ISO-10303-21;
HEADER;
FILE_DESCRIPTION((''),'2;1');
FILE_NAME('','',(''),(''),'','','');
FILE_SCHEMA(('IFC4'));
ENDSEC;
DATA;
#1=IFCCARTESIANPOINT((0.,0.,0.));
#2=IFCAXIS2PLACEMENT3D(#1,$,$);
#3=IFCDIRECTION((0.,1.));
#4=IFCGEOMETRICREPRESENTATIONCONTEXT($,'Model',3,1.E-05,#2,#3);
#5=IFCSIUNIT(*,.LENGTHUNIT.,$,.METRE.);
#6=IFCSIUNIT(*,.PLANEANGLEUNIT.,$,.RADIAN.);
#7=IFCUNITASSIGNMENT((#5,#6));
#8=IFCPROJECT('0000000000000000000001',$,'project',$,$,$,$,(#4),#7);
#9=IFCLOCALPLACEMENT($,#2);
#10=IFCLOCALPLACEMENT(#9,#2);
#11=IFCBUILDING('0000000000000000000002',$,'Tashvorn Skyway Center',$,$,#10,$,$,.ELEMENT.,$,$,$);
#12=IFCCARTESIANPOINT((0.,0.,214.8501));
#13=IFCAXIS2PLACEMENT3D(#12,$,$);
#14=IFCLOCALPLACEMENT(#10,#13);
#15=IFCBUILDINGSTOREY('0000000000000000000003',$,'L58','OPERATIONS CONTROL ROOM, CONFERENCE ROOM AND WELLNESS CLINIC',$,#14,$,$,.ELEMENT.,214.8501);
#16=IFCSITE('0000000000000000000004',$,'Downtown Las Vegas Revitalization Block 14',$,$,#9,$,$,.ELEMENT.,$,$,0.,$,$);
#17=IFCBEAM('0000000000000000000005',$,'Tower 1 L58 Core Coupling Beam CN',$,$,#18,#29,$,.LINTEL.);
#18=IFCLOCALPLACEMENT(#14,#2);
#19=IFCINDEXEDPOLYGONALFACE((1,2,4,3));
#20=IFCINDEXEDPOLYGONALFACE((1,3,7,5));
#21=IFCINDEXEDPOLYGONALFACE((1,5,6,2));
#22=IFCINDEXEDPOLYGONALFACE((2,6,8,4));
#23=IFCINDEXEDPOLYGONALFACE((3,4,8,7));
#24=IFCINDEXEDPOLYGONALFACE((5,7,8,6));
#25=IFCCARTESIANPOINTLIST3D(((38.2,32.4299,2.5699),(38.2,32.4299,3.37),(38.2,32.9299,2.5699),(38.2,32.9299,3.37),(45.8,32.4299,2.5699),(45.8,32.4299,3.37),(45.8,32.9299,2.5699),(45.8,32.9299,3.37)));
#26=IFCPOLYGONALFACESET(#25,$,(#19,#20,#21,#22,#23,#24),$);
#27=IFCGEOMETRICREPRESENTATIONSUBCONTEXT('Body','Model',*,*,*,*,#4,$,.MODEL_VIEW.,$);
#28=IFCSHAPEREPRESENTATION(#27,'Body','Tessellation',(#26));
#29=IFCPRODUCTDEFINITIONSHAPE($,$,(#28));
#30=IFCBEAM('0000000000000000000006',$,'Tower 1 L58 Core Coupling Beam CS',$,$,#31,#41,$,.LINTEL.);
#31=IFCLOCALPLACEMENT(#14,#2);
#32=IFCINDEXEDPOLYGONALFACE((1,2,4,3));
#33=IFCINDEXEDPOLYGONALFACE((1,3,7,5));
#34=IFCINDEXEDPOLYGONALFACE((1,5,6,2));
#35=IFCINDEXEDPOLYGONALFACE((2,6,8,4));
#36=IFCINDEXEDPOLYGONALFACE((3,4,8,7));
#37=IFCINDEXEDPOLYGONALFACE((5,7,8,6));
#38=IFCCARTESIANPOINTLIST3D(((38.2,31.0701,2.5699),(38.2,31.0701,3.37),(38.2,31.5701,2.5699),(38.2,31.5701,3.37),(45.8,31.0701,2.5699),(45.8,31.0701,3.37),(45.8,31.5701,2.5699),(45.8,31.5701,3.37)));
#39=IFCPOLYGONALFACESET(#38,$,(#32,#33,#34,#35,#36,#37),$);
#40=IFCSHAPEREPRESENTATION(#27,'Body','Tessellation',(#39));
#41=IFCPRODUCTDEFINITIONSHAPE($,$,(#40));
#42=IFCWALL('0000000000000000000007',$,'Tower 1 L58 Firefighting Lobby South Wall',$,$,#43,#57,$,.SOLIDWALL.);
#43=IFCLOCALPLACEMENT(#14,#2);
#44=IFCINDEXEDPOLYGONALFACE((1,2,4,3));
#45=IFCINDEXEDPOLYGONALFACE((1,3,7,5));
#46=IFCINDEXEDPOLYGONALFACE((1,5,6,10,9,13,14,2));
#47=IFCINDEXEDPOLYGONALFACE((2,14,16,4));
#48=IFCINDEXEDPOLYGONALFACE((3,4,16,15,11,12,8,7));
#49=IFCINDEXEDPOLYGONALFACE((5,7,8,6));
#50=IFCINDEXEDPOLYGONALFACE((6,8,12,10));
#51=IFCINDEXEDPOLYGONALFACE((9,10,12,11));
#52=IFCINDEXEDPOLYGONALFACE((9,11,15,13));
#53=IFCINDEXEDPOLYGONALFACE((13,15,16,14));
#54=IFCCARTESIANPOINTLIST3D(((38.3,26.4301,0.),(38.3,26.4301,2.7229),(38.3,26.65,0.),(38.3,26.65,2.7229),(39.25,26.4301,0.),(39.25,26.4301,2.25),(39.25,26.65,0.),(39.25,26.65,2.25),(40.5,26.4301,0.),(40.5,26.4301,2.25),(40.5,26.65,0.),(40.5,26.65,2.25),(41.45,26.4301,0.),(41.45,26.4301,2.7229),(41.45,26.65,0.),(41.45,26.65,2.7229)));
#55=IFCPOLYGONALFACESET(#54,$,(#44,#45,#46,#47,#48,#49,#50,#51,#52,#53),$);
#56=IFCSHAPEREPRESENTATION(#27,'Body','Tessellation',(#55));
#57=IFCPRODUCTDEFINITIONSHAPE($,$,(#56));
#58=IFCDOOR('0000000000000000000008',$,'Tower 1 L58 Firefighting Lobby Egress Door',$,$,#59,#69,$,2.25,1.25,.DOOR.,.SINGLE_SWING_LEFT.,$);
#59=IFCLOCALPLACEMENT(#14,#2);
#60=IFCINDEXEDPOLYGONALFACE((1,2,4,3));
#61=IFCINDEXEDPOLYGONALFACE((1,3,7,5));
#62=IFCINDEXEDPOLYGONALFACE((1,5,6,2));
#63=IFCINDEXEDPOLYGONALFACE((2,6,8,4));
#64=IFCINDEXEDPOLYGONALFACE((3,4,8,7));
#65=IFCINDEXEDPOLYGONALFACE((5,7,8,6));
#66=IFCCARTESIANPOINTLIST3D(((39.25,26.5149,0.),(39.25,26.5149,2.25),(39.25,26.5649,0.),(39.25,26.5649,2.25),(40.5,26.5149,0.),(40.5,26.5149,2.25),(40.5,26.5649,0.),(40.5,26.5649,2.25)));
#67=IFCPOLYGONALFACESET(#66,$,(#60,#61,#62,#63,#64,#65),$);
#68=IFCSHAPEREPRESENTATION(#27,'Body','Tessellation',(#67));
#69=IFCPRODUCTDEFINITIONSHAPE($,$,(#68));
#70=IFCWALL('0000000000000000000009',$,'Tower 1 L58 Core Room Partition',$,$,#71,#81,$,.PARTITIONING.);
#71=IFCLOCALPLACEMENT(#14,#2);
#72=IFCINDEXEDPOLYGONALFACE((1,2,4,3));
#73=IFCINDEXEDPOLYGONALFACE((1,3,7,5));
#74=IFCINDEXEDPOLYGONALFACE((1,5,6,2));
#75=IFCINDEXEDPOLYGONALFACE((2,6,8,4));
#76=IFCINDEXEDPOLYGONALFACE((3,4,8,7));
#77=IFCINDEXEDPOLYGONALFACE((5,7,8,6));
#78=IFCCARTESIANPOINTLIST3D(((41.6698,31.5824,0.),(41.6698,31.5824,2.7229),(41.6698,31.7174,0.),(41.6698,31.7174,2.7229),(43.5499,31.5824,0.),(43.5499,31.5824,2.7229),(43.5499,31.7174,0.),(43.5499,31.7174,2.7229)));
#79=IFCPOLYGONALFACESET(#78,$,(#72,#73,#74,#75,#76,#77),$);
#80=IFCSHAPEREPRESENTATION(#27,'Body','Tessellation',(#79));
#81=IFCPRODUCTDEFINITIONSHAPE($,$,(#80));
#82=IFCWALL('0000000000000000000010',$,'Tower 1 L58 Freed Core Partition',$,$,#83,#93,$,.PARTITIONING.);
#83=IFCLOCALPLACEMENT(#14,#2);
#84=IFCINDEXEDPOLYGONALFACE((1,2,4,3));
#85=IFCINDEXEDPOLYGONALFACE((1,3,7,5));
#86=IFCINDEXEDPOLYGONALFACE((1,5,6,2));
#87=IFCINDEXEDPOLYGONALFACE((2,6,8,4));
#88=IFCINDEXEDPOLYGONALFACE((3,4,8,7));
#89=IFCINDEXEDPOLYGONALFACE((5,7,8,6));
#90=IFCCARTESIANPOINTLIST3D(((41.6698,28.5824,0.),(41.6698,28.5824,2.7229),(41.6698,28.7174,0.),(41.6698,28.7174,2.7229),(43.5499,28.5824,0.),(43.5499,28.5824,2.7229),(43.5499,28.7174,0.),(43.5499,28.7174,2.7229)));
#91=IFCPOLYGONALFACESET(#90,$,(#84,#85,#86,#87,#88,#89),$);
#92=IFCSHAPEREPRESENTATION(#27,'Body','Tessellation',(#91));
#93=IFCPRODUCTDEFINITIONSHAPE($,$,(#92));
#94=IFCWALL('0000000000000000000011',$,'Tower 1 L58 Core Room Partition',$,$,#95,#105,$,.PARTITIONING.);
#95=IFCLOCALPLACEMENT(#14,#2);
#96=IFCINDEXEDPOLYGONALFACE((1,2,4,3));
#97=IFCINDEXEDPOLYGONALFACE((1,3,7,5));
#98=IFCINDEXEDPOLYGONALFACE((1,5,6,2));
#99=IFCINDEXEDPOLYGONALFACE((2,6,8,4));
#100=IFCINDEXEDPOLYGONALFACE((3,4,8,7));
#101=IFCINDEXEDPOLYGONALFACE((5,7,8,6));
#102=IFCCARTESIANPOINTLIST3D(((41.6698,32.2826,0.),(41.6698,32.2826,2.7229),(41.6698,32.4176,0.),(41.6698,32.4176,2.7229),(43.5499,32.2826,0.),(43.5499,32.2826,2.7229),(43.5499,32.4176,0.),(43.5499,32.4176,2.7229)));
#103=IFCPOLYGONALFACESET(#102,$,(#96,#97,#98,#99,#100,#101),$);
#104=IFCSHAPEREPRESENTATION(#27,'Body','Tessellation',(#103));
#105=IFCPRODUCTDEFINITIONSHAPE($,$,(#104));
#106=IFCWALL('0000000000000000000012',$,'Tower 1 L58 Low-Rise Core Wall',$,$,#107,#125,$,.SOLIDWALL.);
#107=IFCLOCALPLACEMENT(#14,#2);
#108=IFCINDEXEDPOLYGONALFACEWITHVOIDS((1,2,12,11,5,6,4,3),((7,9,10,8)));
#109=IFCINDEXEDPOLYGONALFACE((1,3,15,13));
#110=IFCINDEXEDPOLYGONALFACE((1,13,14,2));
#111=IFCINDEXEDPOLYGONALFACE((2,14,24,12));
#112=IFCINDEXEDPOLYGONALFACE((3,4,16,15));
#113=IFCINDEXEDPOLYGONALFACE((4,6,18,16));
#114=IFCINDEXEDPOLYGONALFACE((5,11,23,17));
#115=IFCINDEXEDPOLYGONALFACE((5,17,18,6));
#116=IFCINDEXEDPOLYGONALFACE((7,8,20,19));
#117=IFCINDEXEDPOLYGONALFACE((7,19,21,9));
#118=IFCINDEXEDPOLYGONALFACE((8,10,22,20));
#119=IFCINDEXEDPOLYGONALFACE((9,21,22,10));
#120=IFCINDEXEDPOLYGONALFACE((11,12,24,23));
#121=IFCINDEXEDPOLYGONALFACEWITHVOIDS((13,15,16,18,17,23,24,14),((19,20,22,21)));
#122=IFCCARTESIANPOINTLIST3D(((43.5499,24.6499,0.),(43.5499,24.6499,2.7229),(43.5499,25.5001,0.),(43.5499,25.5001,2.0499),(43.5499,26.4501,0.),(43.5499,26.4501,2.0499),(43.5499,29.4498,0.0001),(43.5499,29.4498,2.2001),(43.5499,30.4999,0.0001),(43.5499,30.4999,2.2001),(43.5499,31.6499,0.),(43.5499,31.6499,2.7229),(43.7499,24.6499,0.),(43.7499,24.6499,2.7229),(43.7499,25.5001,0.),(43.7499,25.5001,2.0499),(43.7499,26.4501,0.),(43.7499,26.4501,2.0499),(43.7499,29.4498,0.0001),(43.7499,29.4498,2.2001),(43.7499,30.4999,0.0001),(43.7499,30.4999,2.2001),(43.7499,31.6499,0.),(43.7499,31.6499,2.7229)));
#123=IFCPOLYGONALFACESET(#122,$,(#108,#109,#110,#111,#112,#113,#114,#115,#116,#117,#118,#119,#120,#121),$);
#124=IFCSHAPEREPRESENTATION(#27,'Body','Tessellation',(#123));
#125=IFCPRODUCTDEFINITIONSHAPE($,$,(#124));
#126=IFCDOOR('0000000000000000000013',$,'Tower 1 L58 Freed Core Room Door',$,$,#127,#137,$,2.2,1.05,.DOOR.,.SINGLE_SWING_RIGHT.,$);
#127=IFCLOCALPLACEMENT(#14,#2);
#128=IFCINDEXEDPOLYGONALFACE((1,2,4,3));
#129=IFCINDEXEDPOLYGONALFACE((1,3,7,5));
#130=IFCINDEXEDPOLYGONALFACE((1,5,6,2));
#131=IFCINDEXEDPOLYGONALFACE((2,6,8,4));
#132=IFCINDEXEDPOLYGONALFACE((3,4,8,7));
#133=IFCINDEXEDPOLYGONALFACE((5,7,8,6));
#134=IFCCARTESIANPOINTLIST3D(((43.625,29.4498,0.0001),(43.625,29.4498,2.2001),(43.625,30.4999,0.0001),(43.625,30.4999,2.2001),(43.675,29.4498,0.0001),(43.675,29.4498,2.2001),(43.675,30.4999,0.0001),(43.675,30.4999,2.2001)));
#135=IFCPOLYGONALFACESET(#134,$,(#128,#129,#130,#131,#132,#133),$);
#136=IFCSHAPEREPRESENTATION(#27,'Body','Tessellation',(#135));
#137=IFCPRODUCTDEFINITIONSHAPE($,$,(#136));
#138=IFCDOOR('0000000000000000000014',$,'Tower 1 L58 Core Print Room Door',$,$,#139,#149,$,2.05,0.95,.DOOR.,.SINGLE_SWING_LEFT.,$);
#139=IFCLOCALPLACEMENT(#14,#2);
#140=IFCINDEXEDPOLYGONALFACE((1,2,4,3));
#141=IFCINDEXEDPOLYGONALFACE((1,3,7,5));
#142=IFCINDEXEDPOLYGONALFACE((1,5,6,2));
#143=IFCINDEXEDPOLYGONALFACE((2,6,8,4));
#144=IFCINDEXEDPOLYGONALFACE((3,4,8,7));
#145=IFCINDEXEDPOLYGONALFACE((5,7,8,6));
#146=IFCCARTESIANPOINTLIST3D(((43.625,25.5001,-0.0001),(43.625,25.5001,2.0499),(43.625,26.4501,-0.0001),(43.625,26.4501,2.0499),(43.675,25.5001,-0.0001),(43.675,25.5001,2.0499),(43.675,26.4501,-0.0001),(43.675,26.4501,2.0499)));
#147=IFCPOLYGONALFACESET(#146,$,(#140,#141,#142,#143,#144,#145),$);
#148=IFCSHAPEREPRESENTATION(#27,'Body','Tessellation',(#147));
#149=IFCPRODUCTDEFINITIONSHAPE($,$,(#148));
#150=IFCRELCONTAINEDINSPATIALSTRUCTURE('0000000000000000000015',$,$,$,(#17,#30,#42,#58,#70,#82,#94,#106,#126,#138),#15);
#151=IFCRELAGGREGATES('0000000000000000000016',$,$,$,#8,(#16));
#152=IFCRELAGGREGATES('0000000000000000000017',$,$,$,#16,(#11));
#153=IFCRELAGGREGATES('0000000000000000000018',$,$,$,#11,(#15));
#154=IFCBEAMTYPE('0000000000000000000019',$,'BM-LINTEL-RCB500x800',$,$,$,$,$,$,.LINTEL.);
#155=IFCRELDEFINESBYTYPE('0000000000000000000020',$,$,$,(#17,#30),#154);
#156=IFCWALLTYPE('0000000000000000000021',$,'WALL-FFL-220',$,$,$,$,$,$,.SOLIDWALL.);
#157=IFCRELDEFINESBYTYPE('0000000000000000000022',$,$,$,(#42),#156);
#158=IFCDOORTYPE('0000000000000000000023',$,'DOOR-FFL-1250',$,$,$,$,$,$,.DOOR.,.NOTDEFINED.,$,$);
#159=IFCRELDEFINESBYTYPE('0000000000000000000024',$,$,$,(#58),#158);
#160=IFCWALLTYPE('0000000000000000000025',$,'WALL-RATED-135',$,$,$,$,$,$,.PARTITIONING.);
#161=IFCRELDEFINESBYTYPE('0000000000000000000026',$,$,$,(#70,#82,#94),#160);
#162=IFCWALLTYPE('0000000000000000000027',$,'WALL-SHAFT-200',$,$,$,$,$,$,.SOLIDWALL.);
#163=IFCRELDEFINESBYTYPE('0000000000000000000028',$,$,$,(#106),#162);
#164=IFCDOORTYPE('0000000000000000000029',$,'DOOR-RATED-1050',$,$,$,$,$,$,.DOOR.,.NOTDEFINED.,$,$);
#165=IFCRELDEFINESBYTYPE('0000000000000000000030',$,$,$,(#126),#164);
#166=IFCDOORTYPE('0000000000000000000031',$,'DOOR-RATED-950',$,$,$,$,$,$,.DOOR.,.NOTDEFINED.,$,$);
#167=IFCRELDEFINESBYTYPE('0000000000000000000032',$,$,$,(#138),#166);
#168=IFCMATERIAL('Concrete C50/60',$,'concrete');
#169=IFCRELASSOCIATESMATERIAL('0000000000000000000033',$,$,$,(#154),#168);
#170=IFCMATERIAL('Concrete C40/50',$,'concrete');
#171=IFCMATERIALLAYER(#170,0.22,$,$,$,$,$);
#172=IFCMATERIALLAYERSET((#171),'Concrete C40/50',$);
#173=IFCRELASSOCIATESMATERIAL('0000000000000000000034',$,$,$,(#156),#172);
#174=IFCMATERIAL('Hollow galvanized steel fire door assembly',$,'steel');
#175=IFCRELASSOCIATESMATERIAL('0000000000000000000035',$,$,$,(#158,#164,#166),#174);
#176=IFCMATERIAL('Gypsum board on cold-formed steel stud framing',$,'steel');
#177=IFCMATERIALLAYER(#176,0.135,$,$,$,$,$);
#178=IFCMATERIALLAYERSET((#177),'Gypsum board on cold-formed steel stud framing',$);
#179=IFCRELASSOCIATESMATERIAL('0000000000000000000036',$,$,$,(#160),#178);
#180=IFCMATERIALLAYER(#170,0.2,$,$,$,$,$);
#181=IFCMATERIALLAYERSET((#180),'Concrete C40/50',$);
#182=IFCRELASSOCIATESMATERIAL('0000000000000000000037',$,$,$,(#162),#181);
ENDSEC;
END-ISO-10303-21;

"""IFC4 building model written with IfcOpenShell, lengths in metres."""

from ifc_helpers import new_model, si_unit, direction, frame, frame_2d, origin, origin_2d, place, context, subcontext, project, spatial, rectangle, extrude, material, layer, layer_set, material_profile, profile_set, type_object, element, fill, save


model = new_model("IFC4")

# Units and contexts
model_context = context("Model", 3, precision=1e-05, world=origin(), true_north=direction((0.0, 1.0)))
body_context = subcontext(model_context, "Body", "Model", "MODEL_VIEW")
ifc_project = project(units=[si_unit("LENGTHUNIT", "METRE"), si_unit("PLANEANGLEUNIT", "RADIAN")], contexts=[model_context])

# Site, building, storey
site_placement = place(None, origin())
site = spatial("IfcSite", under=ifc_project, at=site_placement, Name="Downtown Las Vegas Revitalization Block 14", CompositionType="ELEMENT", RefElevation=0.0)
building_placement = place(site_placement, origin())
building = spatial("IfcBuilding", under=site, at=building_placement, Name="Tashvorn Skyway Center", CompositionType="ELEMENT")
storey_placement = place(building_placement, frame((0.0, 0.0, 214.8501)))
storey = spatial("IfcBuildingStorey", under=building, at=storey_placement, Name="L58", Description="OPERATIONS CONTROL ROOM, CONFERENCE ROOM AND WELLNESS CLINIC", CompositionType="ELEMENT", Elevation=214.8501)

# Beams
ifc_material_1 = material(Name="Concrete C50/60", Category="concrete")
ifc_material_profile = material_profile(ifc_material_1, rectangle(XDim=0.5, YDim=0.8, at=origin_2d()), Name="RCB500x800")
ifc_profile_set = profile_set([ifc_material_profile], Name="Concrete C50/60")
beam_type = type_object("IfcBeamType", Name="BM-LINTEL-RCB500x800", PredefinedType="LINTEL", material=ifc_profile_set)
for number, where, z_axis, x_axis, name in (
    (1, (38.2, 32.6799, 2.97), (1.0, 0.0, 0.0), (0.0, 1.0, 0.0), "Tower 1 L58 Core Coupling Beam CN"),
    (2, (38.2, 31.3201, 2.97), (1.0, 0.0, 0.0), (0.0, 1.0, 0.0), "Tower 1 L58 Core Coupling Beam CS"),
):
    element("IfcBeam", number, at=place(storey_placement, frame(where, z_axis=z_axis, x_axis=x_axis)), inside=storey, type_object=beam_type, Name=name, PredefinedType="LINTEL", context=body_context, shape_type="SweptSolid", body=[
        extrude(rectangle(XDim=0.5, YDim=0.8, at=origin_2d()), origin(), (0.0, 0.0, 1.0), 7.6001),
    ])

# Wall, opening, door
ifc_material_2 = material(Name="Concrete C40/50", Category="concrete")
ifc_layer_1 = layer(ifc_material_2, 0.22)
ifc_layer_set_1 = layer_set([ifc_layer_1], Name="Concrete C40/50")
wall_type_1 = type_object("IfcWallType", Name="WALL-FFL-220", PredefinedType="SOLIDWALL", material=ifc_layer_set_1)
wall_1_placement = place(storey_placement, frame((38.3, 26.54, 0.0), z_axis=(0.0, 0.0, 1.0), x_axis=(1.0, 0.0, 0.0)))
wall_1 = element("IfcWall", 3, at=wall_1_placement, inside=storey, type_object=wall_type_1, Name="Tower 1 L58 Firefighting Lobby South Wall", PredefinedType="SOLIDWALL", context=body_context, shape_type="SweptSolid", body=[
    extrude(rectangle(XDim=3.1499, YDim=0.22, at=frame_2d((1.575, 0.0))), origin(), (0.0, 0.0, 1.0), 2.7229),
])
opening_1_placement = place(wall_1_placement, frame((0.95, 0.0, 0.0)))
opening_1 = element("IfcOpeningElement", 4, at=opening_1_placement, cuts=wall_1, PredefinedType="OPENING", context=body_context, shape_type="SweptSolid", body=[
    extrude(rectangle(XDim=1.25, YDim=2.25, at=frame_2d((0.625, 1.125))), frame((0.0, 0.1199, 0.0), z_axis=(0.0, -1.0, 0.0), x_axis=(1.0, 0.0, 0.0)), (0.0, 0.0, 1.0), 0.24),
])
ifc_material_3 = material(Name="Hollow galvanized steel fire door assembly", Category="steel")
door_type_1 = type_object("IfcDoorType", Name="DOOR-FFL-1250", OperationType="NOTDEFINED", PredefinedType="DOOR", material=ifc_material_3)
door_1_placement = place(opening_1_placement, origin())
door_1 = element("IfcDoor", 5, at=door_1_placement, inside=storey, type_object=door_type_1, Name="Tower 1 L58 Firefighting Lobby Egress Door", OperationType="SINGLE_SWING_LEFT", OverallHeight=2.25, OverallWidth=1.25, PredefinedType="DOOR", context=body_context, shape_type="SweptSolid", body=[
    extrude(rectangle(XDim=1.25, YDim=2.25, at=frame_2d((0.625, 1.125))), frame((0.0, 0.0249, 0.0), z_axis=(0.0, -1.0, 0.0), x_axis=(1.0, 0.0, 0.0)), (0.0, 0.0, 1.0), 0.05),
])
fill(opening_1, door_1)

# Walls
ifc_material_4 = material(Name="Gypsum board on cold-formed steel stud framing", Category="steel")
ifc_layer_2 = layer(ifc_material_4, 0.135)
ifc_layer_set_2 = layer_set([ifc_layer_2], Name="Gypsum board on cold-formed steel stud framing")
wall_type_2 = type_object("IfcWallType", Name="WALL-RATED-135", PredefinedType="PARTITIONING", material=ifc_layer_set_2)
for number, where, z_axis, x_axis, name in (
    (6, (41.6699, 31.6499, 0.0), (0.0, 0.0, 1.0), (1.0, 0.0, 0.0), "Tower 1 L58 Core Room Partition"),
    (7, (41.6699, 28.6499, 0.0), (0.0, 0.0, 1.0), (1.0, 0.0, 0.0), "Tower 1 L58 Freed Core Partition"),
    (8, (41.6699, 32.3501, 0.0), (0.0, 0.0, 1.0), (1.0, 0.0, 0.0), "Tower 1 L58 Core Room Partition"),
):
    element("IfcWall", number, at=place(storey_placement, frame(where, z_axis=z_axis, x_axis=x_axis)), inside=storey, type_object=wall_type_2, Name=name, PredefinedType="PARTITIONING", context=body_context, shape_type="SweptSolid", body=[
        extrude(rectangle(XDim=1.8801, YDim=0.135, at=frame_2d((0.9399, 0.0))), origin(), (0.0, 0.0, 1.0), 2.7229),
    ])

# Wall, openings, doors
ifc_layer_3 = layer(ifc_material_2, 0.2)
ifc_layer_set_3 = layer_set([ifc_layer_3], Name="Concrete C40/50")
wall_type_3 = type_object("IfcWallType", Name="WALL-SHAFT-200", PredefinedType="SOLIDWALL", material=ifc_layer_set_3)
wall_2_placement = place(storey_placement, frame((43.6499, 24.6499, 0.0), z_axis=(0.0, 0.0, 1.0), x_axis=(0.0, 1.0, 0.0)))
wall_2 = element("IfcWall", 9, at=wall_2_placement, inside=storey, type_object=wall_type_3, Name="Tower 1 L58 Low-Rise Core Wall", PredefinedType="SOLIDWALL", context=body_context, shape_type="SweptSolid", body=[
    extrude(rectangle(XDim=7.0, YDim=0.2, at=frame_2d((3.5, 0.0))), origin(), (0.0, 0.0, 1.0), 2.7229),
])
opening_2_placement = place(wall_2_placement, frame((0.8501, 0.0, 0.0)))
opening_2 = element("IfcOpeningElement", 10, at=opening_2_placement, cuts=wall_2, PredefinedType="OPENING", context=body_context, shape_type="SweptSolid", body=[
    extrude(rectangle(XDim=0.95, YDim=2.05, at=frame_2d((0.4751, 1.0249))), frame((0.0, 0.1099, 0.0), z_axis=(0.0, -1.0, 0.0), x_axis=(1.0, 0.0, 0.0)), (0.0, 0.0, 1.0), 0.22),
])
opening_3_placement = place(wall_2_placement, frame((4.8, 0.0, 0.0)))
opening_3 = element("IfcOpeningElement", 11, at=opening_3_placement, cuts=wall_2, PredefinedType="OPENING", context=body_context, shape_type="SweptSolid", body=[
    extrude(rectangle(XDim=1.05, YDim=2.2, at=frame_2d((0.5249, 1.1001))), frame((0.0, 0.1099, 0.0), z_axis=(0.0, -1.0, 0.0), x_axis=(1.0, 0.0, 0.0)), (0.0, 0.0, 1.0), 0.22),
])
door_type_2 = type_object("IfcDoorType", Name="DOOR-RATED-1050", OperationType="NOTDEFINED", PredefinedType="DOOR", material=ifc_material_3)
door_2_placement = place(opening_3_placement, origin())
door_2 = element("IfcDoor", 12, at=door_2_placement, inside=storey, type_object=door_type_2, Name="Tower 1 L58 Freed Core Room Door", OperationType="SINGLE_SWING_RIGHT", OverallHeight=2.2, OverallWidth=1.05, PredefinedType="DOOR", context=body_context, shape_type="SweptSolid", body=[
    extrude(rectangle(XDim=1.05, YDim=2.2, at=frame_2d((0.5249, 1.1001))), frame((0.0, 0.0249, 0.0), z_axis=(0.0, -1.0, 0.0), x_axis=(1.0, 0.0, 0.0)), (0.0, 0.0, 1.0), 0.05),
])
fill(opening_3, door_2)
door_type_3 = type_object("IfcDoorType", Name="DOOR-RATED-950", OperationType="NOTDEFINED", PredefinedType="DOOR", material=ifc_material_3)
door_3_placement = place(opening_2_placement, origin())
door_3 = element("IfcDoor", 13, at=door_3_placement, inside=storey, type_object=door_type_3, Name="Tower 1 L58 Core Print Room Door", OperationType="SINGLE_SWING_LEFT", OverallHeight=2.05, OverallWidth=0.95, PredefinedType="DOOR", context=body_context, shape_type="SweptSolid", body=[
    extrude(rectangle(XDim=0.95, YDim=2.05, at=frame_2d((0.4751, 1.0249))), frame((0.0, 0.0249, 0.0), z_axis=(0.0, -1.0, 0.0), x_axis=(1.0, 0.0, 0.0)), (0.0, 0.0, 1.0), 0.05),
])
fill(opening_2, door_3)

save(model, "model.ifc")
